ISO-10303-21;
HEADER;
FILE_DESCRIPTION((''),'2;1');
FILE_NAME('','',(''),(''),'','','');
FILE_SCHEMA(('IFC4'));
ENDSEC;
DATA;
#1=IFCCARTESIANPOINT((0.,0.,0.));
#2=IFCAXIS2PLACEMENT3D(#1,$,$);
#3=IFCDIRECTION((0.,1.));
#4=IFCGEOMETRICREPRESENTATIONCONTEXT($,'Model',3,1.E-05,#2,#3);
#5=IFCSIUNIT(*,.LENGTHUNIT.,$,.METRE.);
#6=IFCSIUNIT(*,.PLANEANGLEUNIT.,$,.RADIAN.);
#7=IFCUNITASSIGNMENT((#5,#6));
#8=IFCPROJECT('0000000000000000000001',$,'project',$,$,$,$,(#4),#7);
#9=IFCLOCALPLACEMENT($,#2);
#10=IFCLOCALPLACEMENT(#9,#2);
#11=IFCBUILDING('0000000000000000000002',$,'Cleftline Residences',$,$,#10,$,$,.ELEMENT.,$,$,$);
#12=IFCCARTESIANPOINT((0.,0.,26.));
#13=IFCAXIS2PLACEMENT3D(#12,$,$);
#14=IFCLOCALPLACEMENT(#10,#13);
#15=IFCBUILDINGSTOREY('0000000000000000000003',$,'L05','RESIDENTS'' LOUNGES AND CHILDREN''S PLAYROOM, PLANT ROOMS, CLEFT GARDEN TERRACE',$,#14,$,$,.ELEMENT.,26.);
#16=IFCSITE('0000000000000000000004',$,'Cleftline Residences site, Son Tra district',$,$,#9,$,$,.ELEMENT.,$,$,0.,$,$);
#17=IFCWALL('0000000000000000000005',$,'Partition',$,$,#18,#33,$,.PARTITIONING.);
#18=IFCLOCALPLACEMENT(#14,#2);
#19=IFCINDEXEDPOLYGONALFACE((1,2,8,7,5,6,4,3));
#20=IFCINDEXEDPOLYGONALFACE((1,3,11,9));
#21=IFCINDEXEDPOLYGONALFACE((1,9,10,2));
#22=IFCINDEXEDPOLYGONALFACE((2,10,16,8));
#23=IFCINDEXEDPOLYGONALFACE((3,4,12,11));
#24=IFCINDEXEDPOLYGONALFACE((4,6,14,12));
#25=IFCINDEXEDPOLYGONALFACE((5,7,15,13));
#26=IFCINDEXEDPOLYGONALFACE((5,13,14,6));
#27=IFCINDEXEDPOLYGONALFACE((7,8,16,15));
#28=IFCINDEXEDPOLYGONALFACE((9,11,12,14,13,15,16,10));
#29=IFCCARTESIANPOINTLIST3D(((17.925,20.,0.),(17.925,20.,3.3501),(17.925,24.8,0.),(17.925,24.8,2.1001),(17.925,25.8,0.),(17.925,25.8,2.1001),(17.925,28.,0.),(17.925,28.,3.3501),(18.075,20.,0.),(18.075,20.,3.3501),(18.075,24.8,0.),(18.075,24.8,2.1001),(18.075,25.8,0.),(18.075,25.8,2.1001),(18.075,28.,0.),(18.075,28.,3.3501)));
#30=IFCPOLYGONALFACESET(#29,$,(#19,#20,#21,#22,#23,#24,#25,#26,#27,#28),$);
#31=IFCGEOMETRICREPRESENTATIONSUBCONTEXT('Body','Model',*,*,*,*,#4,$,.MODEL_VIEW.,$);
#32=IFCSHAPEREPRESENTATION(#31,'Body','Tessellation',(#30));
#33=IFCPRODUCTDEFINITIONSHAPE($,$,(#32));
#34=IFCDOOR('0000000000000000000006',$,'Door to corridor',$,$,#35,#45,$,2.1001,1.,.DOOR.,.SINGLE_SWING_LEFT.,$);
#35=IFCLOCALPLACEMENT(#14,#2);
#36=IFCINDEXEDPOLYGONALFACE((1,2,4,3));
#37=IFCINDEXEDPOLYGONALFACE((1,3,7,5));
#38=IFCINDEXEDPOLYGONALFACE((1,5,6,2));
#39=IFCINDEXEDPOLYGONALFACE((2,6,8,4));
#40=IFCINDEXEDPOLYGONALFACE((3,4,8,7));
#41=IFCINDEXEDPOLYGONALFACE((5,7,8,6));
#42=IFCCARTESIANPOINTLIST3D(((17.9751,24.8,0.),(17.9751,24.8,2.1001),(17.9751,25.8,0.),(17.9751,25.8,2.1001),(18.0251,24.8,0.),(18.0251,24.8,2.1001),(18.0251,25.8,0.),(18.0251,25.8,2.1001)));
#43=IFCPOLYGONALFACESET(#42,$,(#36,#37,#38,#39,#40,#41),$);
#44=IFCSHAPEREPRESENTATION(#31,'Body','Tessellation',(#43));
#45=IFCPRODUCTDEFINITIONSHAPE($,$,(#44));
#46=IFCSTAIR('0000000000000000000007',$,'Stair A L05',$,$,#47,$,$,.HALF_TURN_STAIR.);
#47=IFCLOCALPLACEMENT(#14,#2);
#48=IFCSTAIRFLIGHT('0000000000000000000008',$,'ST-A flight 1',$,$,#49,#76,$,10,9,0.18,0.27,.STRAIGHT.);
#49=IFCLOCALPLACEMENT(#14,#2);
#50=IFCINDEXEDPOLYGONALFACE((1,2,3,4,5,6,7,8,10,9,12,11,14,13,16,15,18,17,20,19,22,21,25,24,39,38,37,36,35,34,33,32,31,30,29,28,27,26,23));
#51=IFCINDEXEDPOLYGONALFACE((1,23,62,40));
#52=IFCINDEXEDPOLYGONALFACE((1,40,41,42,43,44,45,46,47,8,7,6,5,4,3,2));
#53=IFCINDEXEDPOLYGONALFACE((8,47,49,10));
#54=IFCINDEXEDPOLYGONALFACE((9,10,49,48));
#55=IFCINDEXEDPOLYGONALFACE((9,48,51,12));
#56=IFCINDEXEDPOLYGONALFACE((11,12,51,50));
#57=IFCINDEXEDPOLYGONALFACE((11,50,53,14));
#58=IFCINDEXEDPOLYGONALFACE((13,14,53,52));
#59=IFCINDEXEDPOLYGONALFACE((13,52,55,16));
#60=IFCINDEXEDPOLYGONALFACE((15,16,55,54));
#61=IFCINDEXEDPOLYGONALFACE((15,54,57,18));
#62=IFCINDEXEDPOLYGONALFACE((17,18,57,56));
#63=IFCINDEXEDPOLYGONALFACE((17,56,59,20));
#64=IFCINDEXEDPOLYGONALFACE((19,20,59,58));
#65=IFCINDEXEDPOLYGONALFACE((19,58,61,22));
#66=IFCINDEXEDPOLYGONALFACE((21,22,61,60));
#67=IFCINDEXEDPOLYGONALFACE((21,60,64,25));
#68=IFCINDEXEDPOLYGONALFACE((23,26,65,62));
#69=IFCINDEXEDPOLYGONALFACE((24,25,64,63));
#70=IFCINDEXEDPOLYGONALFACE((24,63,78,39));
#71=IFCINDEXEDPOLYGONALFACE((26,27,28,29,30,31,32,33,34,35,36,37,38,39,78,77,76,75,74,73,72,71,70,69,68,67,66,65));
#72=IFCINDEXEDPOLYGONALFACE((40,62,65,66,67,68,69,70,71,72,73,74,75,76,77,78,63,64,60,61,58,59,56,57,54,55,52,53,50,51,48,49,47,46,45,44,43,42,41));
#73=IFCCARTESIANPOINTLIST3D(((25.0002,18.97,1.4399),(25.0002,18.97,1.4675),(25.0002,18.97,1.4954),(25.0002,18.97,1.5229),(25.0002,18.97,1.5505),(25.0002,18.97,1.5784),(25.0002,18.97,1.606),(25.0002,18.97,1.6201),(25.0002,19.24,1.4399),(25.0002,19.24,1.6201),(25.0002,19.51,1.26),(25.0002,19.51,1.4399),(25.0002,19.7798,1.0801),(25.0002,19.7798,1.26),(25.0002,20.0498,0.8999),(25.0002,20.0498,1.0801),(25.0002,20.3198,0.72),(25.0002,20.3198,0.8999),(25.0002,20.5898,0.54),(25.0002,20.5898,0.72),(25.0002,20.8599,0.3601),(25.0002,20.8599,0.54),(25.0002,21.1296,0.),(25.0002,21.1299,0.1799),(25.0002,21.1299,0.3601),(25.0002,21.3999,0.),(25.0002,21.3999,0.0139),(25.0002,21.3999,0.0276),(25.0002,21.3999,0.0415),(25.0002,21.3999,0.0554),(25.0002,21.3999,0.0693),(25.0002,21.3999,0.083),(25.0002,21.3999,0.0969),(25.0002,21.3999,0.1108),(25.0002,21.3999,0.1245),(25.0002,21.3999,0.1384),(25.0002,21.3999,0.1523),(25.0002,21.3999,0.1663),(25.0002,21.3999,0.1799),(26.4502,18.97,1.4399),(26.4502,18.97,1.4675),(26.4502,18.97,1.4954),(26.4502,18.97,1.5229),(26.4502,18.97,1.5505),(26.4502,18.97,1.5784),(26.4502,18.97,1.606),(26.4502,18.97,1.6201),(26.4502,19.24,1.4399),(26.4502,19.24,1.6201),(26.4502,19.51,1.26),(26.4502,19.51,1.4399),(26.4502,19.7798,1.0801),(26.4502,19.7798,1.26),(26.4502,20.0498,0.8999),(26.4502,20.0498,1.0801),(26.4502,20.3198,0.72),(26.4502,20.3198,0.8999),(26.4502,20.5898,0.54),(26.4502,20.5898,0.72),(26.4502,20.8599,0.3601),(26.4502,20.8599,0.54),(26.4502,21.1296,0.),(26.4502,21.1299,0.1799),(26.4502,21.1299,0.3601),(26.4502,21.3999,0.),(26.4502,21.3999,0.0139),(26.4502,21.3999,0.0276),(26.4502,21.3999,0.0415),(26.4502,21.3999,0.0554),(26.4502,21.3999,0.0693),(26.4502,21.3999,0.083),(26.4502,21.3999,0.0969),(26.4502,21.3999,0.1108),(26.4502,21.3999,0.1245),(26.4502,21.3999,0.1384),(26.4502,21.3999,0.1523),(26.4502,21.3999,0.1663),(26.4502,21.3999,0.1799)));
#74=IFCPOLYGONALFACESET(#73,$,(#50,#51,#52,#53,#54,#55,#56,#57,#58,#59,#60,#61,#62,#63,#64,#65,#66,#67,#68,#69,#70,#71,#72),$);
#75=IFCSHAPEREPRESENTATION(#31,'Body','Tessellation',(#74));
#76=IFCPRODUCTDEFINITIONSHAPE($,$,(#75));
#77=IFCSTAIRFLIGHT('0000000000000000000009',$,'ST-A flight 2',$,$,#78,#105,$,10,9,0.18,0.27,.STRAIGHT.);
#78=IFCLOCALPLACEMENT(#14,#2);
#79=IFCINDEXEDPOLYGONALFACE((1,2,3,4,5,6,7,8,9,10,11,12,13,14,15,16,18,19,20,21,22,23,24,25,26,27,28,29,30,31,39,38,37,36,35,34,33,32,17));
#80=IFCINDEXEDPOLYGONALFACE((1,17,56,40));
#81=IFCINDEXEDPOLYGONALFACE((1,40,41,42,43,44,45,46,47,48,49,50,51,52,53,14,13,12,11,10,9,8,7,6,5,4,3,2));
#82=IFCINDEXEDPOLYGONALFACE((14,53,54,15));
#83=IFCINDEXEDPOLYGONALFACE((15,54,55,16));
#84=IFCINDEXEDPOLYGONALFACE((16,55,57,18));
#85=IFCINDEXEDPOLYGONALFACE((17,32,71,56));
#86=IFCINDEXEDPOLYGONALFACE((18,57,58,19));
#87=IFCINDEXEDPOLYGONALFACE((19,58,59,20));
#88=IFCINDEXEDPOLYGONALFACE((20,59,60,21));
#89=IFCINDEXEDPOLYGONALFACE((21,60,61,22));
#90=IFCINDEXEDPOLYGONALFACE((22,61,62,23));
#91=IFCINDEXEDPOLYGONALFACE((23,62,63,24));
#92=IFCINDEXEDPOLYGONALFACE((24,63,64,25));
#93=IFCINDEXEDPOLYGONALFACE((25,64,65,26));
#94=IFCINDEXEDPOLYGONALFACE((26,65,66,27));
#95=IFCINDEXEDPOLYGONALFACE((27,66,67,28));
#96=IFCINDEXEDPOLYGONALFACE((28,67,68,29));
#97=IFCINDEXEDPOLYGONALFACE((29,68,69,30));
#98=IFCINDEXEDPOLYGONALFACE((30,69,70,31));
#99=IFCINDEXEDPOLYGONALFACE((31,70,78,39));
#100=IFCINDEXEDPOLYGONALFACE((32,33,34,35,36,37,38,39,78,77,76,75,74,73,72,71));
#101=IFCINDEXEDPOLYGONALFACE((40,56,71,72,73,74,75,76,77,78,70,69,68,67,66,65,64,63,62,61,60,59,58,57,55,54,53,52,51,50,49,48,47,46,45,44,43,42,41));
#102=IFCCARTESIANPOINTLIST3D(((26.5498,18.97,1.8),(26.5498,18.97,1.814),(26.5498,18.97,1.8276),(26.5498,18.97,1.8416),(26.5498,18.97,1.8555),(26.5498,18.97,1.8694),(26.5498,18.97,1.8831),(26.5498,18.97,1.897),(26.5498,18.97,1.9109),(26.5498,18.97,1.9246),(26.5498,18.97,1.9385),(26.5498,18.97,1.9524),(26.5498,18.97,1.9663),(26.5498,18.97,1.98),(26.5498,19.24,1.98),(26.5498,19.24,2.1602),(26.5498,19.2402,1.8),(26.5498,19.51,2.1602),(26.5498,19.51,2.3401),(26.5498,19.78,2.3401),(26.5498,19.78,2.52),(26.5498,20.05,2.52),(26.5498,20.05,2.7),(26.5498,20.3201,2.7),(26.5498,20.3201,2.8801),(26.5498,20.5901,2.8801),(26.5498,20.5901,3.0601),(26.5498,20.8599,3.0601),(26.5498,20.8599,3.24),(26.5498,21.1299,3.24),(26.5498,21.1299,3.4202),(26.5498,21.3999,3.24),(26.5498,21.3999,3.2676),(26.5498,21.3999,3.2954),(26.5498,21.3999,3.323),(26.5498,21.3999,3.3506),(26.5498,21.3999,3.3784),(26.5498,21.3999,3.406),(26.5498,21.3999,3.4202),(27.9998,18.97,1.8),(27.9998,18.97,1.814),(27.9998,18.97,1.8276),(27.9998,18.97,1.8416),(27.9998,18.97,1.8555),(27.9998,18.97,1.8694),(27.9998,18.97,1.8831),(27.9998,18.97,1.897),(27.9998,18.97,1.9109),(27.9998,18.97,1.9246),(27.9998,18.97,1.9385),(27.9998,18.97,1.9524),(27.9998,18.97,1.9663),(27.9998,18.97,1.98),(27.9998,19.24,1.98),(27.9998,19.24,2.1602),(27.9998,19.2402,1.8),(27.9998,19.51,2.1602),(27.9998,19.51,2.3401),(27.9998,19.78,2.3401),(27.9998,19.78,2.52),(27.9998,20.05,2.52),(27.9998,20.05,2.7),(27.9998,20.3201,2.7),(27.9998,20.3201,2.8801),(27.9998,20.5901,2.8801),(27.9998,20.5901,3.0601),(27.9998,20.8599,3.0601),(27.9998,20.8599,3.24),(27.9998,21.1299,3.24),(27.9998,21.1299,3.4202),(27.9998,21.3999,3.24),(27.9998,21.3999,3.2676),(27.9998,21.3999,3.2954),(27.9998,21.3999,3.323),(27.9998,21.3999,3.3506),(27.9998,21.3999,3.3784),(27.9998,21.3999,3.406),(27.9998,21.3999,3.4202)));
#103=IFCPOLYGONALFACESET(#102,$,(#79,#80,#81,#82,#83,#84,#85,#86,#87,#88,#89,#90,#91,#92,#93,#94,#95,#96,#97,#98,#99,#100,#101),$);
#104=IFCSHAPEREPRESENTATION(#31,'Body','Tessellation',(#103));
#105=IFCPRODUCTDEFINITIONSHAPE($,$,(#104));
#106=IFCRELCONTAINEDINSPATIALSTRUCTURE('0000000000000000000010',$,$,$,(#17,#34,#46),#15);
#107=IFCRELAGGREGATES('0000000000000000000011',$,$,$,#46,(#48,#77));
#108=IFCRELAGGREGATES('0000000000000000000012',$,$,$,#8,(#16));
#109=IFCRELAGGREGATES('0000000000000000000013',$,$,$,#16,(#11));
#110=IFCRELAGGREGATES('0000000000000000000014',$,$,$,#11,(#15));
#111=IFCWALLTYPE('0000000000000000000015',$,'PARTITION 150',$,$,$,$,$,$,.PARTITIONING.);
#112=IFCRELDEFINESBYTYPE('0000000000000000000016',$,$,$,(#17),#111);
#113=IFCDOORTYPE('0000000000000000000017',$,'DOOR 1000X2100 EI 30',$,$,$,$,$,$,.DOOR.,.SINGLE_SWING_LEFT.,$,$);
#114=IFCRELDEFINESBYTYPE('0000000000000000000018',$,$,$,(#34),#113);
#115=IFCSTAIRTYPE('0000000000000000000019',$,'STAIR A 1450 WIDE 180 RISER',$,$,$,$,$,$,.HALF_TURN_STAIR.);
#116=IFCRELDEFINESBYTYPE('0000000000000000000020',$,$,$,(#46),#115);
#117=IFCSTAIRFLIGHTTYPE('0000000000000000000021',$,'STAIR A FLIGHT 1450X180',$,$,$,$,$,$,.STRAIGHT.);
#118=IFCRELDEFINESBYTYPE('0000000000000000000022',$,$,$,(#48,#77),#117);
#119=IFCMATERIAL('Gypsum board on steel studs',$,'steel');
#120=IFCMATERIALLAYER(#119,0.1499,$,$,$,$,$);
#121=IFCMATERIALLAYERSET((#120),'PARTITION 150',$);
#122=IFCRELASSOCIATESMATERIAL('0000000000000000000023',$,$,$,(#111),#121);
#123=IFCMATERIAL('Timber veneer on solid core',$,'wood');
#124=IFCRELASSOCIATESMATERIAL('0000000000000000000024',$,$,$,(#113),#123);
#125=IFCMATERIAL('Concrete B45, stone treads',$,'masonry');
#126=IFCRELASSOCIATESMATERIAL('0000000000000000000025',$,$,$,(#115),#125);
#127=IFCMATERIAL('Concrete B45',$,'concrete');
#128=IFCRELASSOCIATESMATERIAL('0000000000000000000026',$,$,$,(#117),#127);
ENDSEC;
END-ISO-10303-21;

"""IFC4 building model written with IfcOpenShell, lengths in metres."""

from ifc_helpers import new_model, si_unit, direction, frame, frame_2d, origin, place, context, subcontext, project, spatial, polyline, rectangle, outline, extrude, material, layer, layer_set, type_object, element, fill, aggregate, save


model = new_model("IFC4")

# Units and contexts
model_context = context("Model", 3, precision=1e-05, world=origin(), true_north=direction((0.0, 1.0)))
body_context = subcontext(model_context, "Body", "Model", "MODEL_VIEW")
ifc_project = project(units=[si_unit("LENGTHUNIT", "METRE"), si_unit("PLANEANGLEUNIT", "RADIAN")], contexts=[model_context])

# Site, building, storey
site_placement = place(None, origin())
site = spatial("IfcSite", under=ifc_project, at=site_placement, Name="Cleftline Residences site, Son Tra district", CompositionType="ELEMENT", RefElevation=0.0)
building_placement = place(site_placement, origin())
building = spatial("IfcBuilding", under=site, at=building_placement, Name="Cleftline Residences", CompositionType="ELEMENT")
storey_placement = place(building_placement, frame((0.0, 0.0, 26.0)))
storey = spatial("IfcBuildingStorey", under=building, at=storey_placement, Name="L05", Description="RESIDENTS' LOUNGES AND CHILDREN'S PLAYROOM, PLANT ROOMS, CLEFT GARDEN TERRACE", CompositionType="ELEMENT", Elevation=26.0)

# Shared definitions
ifc_material_1 = material(Name="Gypsum board on steel studs", Category="steel")
ifc_layer_1 = layer(ifc_material_1, 0.1499)
ifc_layer_set_1 = layer_set([ifc_layer_1], Name="PARTITION 150")
wall_type_1 = type_object("IfcWallType", Name="PARTITION 150", PredefinedType="PARTITIONING", material=ifc_layer_set_1)

# Wall, opening, door
wall_1_placement = place(storey_placement, frame((18.0, 20.0, 0.0), z_axis=(0.0, 0.0, 1.0), x_axis=(0.0, 1.0, 0.0)))
wall_1 = element("IfcWall", 1, at=wall_1_placement, inside=storey, type_object=wall_type_1, Name="Partition", PredefinedType="PARTITIONING", context=body_context, shape_type="SweptSolid", body=[
    extrude(rectangle(XDim=8.0, YDim=0.1499, at=frame_2d((4.0, 0.0))), origin(), (0.0, 0.0, 1.0), 3.3501),
])
opening_1_placement = place(wall_1_placement, frame((4.8, 0.0, 0.0)))
opening_1 = element("IfcOpeningElement", 2, at=opening_1_placement, cuts=wall_1, PredefinedType="OPENING", context=body_context, shape_type="SweptSolid", body=[
    extrude(rectangle(XDim=1.0, YDim=2.1001, at=frame_2d((0.5, 1.05))), frame((0.0, 0.085, 0.0), z_axis=(0.0, -1.0, 0.0), x_axis=(1.0, 0.0, 0.0)), (0.0, 0.0, 1.0), 0.1699),
])
ifc_material_2 = material(Name="Timber veneer on solid core", Category="wood")
door_type_1 = type_object("IfcDoorType", Name="DOOR 1000X2100 EI 30", OperationType="SINGLE_SWING_LEFT", PredefinedType="DOOR", material=ifc_material_2)
door_1_placement = place(opening_1_placement, origin())
door_1 = element("IfcDoor", 3, at=door_1_placement, inside=storey, type_object=door_type_1, Name="Door to corridor", OperationType="SINGLE_SWING_LEFT", OverallHeight=2.1001, OverallWidth=1.0, PredefinedType="DOOR", context=body_context, shape_type="SweptSolid", body=[
    extrude(rectangle(XDim=1.0, YDim=2.1001, at=frame_2d((0.5, 1.05))), frame((0.0, 0.0249, 0.0), z_axis=(0.0, -1.0, 0.0), x_axis=(1.0, 0.0, 0.0)), (0.0, 0.0, 1.0), 0.05),
])
fill(opening_1, door_1)

# Stair, stair flights
ifc_material_3 = material(Name="Concrete B45, stone treads", Category="masonry")
stair_type = type_object("IfcStairType", Name="STAIR A 1450 WIDE 180 RISER", PredefinedType="HALF_TURN_STAIR", material=ifc_material_3)
stair_placement = place(storey_placement, origin())
stair = element("IfcStair", 4, at=stair_placement, inside=storey, type_object=stair_type, Name="Stair A L05", PredefinedType="HALF_TURN_STAIR")
ifc_material_4 = material(Name="Concrete B45", Category="concrete")
stair_flight_type = type_object("IfcStairFlightType", Name="STAIR A FLIGHT 1450X180", PredefinedType="STRAIGHT", material=ifc_material_4)
stair_flight_1_placement = place(storey_placement, frame((25.7251, 21.3999, 0.0), z_axis=(0.0, 0.0, 1.0), x_axis=(0.0, -1.0, 0.0)))
stair_flight_1 = element("IfcStairFlight", 5, at=stair_flight_1_placement, type_object=stair_flight_type, Name="ST-A flight 1", NumberOfRisers=10, NumberOfTreads=9, PredefinedType="STRAIGHT", RiserHeight=0.18, TreadLength=0.27, context=body_context, shape_type="SweptSolid", body=[
    extrude(outline(polyline([(0.0, 0.0), (0.0, 0.0139), (0.0, 0.0276), (0.0, 0.0415), (0.0, 0.0554), (0.0, 0.0693), (0.0, 0.083), (0.0, 0.0969), (0.0, 0.1108), (0.0, 0.1245), (0.0, 0.1384), (0.0, 0.1523), (0.0, 0.1663), (0.0, 0.1799), (0.27, 0.1799), (0.27, 0.3601), (0.54, 0.3601), (0.54, 0.54), (0.8101, 0.54), (0.8101, 0.72), (1.0801, 0.72), (1.0801, 0.8999), (1.3501, 0.8999), (1.3501, 1.0801), (1.6201, 1.0801), (1.6201, 1.26), (1.8899, 1.26), (1.8899, 1.4399), (2.1599, 1.4399), (2.1599, 1.6201), (2.4299, 1.6201), (2.4299, 1.8), (2.4299, 1.7722), (2.4299, 1.7446), (2.4299, 1.7168), (2.4299, 1.6892), (2.4299, 1.6614), (2.4299, 1.6338), (2.4299, 1.606), (2.4299, 1.5784), (2.4299, 1.5505), (2.4299, 1.5229), (2.4299, 1.4954), (2.4299, 1.4675), (2.4299, 1.4399), (0.2703, 0.0), (0.0, 0.0)])), frame((0.0, 0.7251, 0.0), z_axis=(0.0, -1.0, 0.0), x_axis=(1.0, 0.0, 0.0)), (0.0, 0.0, 1.0), 1.45),
])
stair_flight_2_placement = place(storey_placement, frame((27.2749, 18.97, 1.8), z_axis=(0.0, 0.0, 1.0), x_axis=(0.0, 1.0, 0.0)))
stair_flight_2 = element("IfcStairFlight", 6, at=stair_flight_2_placement, type_object=stair_flight_type, Name="ST-A flight 2", NumberOfRisers=10, NumberOfTreads=9, PredefinedType="STRAIGHT", RiserHeight=0.18, TreadLength=0.27, context=body_context, shape_type="SweptSolid", body=[
    extrude(outline(polyline([(0.0, 0.0), (0.0, 0.0139), (0.0, 0.0276), (0.0, 0.0415), (0.0, 0.0554), (0.0, 0.0693), (0.0, 0.083), (0.0, 0.0969), (0.0, 0.1108), (0.0, 0.1245), (0.0, 0.1384), (0.0, 0.1523), (0.0, 0.1663), (0.0, 0.1799), (0.27, 0.1799), (0.27, 0.3601), (0.54, 0.3601), (0.54, 0.54), (0.8101, 0.54), (0.8101, 0.72), (1.0801, 0.72), (1.0801, 0.8999), (1.3501, 0.8999), (1.3501, 1.0801), (1.6201, 1.0801), (1.6201, 1.26), (1.8899, 1.26), (1.8899, 1.4399), (2.1599, 1.4399), (2.1599, 1.6201), (2.4299, 1.6201), (2.4299, 1.8), (2.4299, 1.7722), (2.4299, 1.7446), (2.4299, 1.7168), (2.4299, 1.6892), (2.4299, 1.6614), (2.4299, 1.6338), (2.4299, 1.606), (2.4299, 1.5784), (2.4299, 1.5505), (2.4299, 1.5229), (2.4299, 1.4954), (2.4299, 1.4675), (2.4299, 1.4399), (0.2703, 0.0), (0.0, 0.0)])), frame((0.0, 0.7251, 0.0), z_axis=(0.0, -1.0, 0.0), x_axis=(1.0, 0.0, 0.0)), (0.0, 0.0, 1.0), 1.45),
])
aggregate(stair, [stair_flight_1, stair_flight_2])

save(model, "model.ifc")
